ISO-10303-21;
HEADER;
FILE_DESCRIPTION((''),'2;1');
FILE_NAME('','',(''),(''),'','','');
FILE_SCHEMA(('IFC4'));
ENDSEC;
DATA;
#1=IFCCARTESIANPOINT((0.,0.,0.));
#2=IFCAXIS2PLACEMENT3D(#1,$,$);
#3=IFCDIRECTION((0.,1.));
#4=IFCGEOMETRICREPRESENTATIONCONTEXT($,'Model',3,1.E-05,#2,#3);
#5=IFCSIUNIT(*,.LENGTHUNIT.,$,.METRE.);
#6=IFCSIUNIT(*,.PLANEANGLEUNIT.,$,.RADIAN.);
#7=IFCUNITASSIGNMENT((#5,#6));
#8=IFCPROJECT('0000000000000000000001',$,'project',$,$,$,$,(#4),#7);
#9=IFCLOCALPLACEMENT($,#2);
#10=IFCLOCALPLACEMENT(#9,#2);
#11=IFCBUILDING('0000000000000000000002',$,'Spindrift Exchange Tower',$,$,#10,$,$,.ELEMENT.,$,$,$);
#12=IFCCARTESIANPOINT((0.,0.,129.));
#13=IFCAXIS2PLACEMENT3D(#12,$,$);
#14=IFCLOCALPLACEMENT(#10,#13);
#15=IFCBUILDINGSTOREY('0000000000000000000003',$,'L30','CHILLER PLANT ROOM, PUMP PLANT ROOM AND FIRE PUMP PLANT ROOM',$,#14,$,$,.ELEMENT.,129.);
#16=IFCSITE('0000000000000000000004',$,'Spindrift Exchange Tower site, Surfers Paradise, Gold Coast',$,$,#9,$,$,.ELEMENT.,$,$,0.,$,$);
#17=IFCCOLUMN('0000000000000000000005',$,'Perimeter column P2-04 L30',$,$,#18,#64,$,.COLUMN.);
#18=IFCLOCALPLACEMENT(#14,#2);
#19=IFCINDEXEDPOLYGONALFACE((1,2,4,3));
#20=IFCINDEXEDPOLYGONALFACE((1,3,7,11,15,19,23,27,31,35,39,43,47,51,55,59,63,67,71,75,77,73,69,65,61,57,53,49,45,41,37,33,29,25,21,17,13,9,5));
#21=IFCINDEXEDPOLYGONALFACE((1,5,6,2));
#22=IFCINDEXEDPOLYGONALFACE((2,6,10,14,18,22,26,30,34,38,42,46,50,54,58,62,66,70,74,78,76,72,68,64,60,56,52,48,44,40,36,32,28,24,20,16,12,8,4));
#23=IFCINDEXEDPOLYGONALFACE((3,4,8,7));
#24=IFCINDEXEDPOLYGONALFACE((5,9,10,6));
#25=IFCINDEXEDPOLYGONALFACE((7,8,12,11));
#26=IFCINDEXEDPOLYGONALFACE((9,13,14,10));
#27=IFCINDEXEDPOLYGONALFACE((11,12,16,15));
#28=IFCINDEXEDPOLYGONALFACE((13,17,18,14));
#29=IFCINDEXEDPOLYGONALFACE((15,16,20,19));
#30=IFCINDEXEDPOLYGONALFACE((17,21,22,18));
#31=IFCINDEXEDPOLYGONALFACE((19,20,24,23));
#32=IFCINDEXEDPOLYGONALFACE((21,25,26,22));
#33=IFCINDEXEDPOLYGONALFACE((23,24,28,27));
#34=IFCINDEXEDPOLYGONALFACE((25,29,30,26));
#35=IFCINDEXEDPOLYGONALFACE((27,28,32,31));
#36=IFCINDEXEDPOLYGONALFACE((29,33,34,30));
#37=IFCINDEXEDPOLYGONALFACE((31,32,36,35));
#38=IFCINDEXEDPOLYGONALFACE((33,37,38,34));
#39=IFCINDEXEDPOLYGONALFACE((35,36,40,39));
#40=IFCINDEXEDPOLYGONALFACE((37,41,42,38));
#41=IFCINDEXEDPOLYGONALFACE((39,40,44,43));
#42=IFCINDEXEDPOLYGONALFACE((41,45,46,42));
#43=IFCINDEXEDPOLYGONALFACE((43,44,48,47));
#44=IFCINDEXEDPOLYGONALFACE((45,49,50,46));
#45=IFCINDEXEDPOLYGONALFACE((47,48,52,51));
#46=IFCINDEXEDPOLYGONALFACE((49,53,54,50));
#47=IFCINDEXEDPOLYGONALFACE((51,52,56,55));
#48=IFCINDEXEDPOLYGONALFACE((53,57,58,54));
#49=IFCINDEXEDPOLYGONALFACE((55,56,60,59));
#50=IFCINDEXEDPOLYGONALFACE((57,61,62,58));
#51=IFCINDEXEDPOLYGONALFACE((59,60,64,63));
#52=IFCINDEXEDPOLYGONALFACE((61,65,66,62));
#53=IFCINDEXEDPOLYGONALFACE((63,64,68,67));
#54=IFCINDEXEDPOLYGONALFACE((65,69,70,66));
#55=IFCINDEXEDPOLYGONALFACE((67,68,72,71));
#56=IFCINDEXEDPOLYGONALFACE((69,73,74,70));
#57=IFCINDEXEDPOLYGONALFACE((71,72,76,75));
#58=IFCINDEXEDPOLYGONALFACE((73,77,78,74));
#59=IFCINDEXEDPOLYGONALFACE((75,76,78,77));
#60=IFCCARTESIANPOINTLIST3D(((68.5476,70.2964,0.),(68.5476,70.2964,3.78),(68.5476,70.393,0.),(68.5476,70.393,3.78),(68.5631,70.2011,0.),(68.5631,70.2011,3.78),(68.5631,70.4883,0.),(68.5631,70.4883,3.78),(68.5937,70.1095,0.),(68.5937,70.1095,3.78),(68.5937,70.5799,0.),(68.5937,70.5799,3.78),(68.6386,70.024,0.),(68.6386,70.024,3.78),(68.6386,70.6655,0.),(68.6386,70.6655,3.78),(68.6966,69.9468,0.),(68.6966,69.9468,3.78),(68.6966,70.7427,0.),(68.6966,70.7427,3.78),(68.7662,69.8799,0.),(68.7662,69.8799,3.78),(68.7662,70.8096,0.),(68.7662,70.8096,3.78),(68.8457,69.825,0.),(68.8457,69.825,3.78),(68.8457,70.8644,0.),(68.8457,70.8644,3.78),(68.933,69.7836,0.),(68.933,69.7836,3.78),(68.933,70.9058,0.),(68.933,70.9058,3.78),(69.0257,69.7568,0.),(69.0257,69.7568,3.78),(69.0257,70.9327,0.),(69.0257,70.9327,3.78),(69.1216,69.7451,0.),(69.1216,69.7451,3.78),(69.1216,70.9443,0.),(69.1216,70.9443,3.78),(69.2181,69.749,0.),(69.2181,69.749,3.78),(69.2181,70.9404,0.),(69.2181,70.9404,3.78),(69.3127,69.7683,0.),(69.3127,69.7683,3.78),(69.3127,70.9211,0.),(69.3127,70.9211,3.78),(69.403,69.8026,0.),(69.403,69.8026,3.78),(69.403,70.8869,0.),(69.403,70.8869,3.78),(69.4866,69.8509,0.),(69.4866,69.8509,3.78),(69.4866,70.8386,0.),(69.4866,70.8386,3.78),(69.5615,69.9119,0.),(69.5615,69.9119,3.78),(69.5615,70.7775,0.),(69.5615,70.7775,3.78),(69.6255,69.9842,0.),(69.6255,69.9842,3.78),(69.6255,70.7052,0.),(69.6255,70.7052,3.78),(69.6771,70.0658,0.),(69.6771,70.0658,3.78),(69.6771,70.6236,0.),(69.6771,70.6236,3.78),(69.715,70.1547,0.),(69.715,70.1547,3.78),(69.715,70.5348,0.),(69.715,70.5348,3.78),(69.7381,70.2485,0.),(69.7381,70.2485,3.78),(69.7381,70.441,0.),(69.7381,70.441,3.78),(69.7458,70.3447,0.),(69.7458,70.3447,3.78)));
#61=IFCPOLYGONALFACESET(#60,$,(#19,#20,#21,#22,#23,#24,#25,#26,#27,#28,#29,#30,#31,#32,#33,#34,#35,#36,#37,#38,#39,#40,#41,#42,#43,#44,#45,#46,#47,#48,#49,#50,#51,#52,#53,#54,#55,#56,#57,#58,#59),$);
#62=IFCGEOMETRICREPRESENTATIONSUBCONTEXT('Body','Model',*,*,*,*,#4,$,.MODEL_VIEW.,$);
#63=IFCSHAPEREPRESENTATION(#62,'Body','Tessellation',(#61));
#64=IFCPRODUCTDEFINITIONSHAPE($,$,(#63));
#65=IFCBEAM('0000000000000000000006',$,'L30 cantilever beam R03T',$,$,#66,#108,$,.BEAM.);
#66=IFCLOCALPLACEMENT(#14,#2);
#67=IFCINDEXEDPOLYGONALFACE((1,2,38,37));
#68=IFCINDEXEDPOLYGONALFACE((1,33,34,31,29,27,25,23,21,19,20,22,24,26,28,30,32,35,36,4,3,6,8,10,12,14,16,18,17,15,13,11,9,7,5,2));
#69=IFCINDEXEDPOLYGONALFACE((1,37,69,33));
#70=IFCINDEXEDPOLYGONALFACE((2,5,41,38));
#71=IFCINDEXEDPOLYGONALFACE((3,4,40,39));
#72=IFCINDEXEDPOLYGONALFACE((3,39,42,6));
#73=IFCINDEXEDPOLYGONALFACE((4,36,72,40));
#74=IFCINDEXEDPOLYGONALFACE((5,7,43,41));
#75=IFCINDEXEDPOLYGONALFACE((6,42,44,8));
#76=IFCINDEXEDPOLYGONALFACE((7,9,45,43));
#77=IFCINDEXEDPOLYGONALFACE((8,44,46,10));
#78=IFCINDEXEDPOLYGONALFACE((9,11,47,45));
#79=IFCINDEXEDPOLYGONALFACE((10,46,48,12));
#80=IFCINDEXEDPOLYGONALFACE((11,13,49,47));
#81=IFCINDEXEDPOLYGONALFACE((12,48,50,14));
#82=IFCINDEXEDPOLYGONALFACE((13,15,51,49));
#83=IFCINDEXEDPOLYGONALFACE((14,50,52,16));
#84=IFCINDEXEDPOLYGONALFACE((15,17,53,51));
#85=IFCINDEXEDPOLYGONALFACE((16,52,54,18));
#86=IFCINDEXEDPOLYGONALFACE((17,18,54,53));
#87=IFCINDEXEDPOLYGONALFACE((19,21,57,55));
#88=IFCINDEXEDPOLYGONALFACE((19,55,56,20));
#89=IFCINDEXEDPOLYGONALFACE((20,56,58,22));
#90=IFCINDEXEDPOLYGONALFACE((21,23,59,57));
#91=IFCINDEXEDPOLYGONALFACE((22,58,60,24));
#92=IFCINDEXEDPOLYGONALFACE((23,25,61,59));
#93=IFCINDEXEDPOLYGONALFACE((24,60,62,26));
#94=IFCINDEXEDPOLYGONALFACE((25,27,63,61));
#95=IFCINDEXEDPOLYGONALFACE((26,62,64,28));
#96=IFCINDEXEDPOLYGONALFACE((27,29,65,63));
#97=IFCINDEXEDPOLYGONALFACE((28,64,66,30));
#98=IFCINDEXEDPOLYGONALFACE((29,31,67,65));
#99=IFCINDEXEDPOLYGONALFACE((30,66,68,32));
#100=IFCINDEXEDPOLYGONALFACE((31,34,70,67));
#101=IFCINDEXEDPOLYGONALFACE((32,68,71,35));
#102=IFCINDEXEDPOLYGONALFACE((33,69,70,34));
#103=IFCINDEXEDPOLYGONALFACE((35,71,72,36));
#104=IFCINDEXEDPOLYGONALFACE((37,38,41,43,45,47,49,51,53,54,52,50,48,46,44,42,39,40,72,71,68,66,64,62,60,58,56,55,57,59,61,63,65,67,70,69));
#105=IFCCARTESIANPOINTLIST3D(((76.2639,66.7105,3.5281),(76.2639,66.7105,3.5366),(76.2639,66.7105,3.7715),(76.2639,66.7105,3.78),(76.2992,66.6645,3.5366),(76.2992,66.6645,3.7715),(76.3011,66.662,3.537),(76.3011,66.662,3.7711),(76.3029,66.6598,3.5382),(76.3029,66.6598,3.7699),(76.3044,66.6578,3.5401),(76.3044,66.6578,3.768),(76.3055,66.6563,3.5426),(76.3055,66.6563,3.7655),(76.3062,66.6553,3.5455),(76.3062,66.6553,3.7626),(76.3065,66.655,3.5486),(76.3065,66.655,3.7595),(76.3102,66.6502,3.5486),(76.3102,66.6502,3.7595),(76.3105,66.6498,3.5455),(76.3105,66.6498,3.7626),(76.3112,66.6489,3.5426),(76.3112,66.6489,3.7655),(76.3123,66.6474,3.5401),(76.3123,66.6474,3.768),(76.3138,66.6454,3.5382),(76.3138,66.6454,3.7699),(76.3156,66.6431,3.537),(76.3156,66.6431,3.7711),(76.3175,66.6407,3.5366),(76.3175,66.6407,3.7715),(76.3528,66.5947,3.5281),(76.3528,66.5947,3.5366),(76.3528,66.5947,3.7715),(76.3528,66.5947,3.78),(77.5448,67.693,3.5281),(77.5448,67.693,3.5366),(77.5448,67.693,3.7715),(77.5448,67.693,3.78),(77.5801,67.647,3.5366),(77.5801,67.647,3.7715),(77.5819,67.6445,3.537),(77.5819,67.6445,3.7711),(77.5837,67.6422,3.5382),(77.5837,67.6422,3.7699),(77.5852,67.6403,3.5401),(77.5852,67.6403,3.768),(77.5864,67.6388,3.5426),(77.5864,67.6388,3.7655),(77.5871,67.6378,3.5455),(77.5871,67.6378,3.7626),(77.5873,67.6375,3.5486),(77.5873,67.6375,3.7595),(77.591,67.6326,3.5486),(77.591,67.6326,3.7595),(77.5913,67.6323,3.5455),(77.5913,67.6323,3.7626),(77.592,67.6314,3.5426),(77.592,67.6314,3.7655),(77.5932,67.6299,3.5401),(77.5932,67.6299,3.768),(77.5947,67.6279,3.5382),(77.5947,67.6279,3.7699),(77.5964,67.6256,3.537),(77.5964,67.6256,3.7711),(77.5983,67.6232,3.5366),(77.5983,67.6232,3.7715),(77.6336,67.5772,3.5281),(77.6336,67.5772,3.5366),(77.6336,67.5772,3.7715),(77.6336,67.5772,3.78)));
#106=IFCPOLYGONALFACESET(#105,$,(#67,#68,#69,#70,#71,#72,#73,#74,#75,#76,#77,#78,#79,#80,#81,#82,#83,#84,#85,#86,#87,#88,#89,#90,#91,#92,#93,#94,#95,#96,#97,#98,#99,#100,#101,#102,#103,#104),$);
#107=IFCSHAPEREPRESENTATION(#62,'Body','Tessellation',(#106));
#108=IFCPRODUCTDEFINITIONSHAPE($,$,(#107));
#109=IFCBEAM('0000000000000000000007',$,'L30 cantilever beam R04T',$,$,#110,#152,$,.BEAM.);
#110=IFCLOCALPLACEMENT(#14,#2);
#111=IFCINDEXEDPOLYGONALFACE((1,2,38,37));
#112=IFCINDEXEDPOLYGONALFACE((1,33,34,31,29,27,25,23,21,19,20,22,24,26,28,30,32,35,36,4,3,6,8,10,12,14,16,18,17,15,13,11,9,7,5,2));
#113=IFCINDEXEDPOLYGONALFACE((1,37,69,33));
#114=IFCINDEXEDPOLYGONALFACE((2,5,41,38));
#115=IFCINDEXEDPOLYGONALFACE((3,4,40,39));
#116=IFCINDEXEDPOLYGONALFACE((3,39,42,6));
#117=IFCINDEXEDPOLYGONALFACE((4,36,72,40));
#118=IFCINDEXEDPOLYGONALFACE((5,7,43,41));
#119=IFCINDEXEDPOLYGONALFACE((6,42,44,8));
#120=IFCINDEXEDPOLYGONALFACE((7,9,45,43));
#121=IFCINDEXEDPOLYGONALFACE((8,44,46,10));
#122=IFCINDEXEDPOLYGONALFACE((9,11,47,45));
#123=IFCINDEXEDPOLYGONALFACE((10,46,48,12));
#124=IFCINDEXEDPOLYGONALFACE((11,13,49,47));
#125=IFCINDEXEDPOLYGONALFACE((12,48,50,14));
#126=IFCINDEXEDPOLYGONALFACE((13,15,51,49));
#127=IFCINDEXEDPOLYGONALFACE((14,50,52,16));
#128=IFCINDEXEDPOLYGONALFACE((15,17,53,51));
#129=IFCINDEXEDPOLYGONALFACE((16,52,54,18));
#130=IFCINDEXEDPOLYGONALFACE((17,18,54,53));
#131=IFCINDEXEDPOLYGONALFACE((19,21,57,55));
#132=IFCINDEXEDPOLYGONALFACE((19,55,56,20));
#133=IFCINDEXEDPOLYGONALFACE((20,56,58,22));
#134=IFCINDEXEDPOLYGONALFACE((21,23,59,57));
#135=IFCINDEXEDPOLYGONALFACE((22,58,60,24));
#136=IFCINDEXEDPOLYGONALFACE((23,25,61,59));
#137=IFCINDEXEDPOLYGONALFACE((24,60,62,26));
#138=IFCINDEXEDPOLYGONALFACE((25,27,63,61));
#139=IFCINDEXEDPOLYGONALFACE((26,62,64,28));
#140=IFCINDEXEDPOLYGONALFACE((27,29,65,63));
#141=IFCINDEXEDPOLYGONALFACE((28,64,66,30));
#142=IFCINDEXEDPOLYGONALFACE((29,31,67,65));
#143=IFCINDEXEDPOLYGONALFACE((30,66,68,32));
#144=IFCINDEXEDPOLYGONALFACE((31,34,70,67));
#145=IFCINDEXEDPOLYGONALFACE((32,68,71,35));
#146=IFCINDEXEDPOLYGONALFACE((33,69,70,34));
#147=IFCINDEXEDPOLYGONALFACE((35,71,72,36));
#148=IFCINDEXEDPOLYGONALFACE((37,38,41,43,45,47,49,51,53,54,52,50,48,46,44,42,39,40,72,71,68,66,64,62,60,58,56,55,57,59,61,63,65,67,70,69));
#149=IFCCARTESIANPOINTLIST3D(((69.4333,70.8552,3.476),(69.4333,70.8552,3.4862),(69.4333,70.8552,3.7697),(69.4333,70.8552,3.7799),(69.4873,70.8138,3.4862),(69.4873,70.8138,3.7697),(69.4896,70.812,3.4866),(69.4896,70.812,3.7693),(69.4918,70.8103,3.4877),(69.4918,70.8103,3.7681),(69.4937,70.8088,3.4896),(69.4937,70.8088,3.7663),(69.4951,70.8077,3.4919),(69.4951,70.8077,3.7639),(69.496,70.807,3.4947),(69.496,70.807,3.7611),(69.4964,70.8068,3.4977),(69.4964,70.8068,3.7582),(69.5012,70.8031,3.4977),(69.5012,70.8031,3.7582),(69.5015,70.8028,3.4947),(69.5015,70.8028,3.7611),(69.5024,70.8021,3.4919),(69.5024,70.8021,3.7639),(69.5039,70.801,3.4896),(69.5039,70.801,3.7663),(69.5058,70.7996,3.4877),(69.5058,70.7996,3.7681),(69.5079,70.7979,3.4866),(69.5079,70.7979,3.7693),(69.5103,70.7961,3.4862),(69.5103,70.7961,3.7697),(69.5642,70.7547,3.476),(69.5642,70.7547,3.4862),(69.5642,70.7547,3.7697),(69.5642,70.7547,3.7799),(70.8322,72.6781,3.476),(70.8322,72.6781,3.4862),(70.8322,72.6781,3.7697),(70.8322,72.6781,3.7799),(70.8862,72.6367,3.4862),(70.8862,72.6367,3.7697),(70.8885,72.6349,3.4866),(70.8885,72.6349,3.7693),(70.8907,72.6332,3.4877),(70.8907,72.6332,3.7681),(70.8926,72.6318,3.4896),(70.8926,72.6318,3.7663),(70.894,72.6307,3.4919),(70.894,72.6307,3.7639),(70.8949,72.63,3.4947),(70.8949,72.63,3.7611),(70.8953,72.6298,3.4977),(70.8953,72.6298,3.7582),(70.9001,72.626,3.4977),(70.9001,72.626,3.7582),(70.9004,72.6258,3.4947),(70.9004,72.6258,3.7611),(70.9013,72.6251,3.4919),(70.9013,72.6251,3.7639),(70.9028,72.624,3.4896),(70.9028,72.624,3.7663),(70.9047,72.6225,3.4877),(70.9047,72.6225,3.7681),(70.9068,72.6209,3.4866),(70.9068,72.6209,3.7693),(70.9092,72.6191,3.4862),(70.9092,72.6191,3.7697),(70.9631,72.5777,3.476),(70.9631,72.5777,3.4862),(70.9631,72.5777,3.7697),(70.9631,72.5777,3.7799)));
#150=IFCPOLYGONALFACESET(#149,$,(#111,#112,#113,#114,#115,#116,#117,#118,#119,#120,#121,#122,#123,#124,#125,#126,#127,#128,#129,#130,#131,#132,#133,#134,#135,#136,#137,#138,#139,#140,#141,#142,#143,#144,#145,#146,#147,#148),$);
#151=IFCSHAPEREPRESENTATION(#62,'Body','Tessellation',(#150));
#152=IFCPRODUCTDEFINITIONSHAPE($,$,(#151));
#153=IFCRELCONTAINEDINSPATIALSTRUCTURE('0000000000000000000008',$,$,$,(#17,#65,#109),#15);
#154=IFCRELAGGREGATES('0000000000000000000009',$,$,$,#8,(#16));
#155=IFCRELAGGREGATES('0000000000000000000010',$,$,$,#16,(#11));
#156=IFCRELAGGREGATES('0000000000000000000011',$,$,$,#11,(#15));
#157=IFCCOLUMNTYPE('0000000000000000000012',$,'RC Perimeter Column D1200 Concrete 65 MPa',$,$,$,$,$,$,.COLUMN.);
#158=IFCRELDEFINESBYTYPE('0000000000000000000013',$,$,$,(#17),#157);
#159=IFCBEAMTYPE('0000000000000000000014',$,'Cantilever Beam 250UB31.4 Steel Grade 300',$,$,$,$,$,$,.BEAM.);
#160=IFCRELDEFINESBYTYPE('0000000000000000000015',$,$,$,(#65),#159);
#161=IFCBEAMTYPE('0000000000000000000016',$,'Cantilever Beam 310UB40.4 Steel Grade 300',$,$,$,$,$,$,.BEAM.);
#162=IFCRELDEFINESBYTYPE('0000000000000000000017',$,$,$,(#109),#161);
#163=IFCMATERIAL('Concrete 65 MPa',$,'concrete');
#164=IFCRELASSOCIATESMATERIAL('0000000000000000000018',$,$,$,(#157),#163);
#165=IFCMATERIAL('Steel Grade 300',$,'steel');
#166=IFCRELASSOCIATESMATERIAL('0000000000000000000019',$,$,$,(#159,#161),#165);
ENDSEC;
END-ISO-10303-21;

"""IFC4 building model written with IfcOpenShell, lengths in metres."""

from ifc_helpers import new_model, si_unit, direction, frame, origin, origin_2d, place, context, subcontext, project, spatial, circle, i_section, extrude, source, transform, mapped, material, material_profile, profile_set, type_object, element, save


model = new_model("IFC4")

# Units and contexts
model_context = context("Model", 3, precision=1e-05, world=origin(), true_north=direction((0.0, 1.0)))
body_context = subcontext(model_context, "Body", "Model", "MODEL_VIEW")
ifc_project = project(units=[si_unit("LENGTHUNIT", "METRE"), si_unit("PLANEANGLEUNIT", "RADIAN")], contexts=[model_context])

# Site, building, storey
site_placement = place(None, origin())
site = spatial("IfcSite", under=ifc_project, at=site_placement, Name="Spindrift Exchange Tower site, Surfers Paradise, Gold Coast", CompositionType="ELEMENT", RefElevation=0.0)
building_placement = place(site_placement, origin())
building = spatial("IfcBuilding", under=site, at=building_placement, Name="Spindrift Exchange Tower", CompositionType="ELEMENT")
storey_placement = place(building_placement, frame((0.0, 0.0, 129.0)))
storey = spatial("IfcBuildingStorey", under=building, at=storey_placement, Name="L30", Description="CHILLER PLANT ROOM, PUMP PLANT ROOM AND FIRE PUMP PLANT ROOM", CompositionType="ELEMENT", Elevation=129.0)

# Column
ifc_material_1 = material(Name="Concrete 65 MPa", Category="concrete")
ifc_material_profile_1 = material_profile(ifc_material_1, circle(Radius=0.6001, at=origin_2d()), Name="RC D1200")
ifc_profile_set_1 = profile_set([ifc_material_profile_1], Name="Concrete 65 MPa")
column_type = type_object("IfcColumnType", Name="RC Perimeter Column D1200 Concrete 65 MPa", PredefinedType="COLUMN", material=ifc_profile_set_1)
shared_shape_1 = source(origin(), body_context, "Body", "SweptSolid", [
    extrude(circle(Radius=0.6001, at=origin_2d()), origin(), (0.0, 0.0, 1.0), 3.78),
])
column_placement = place(storey_placement, frame((69.1458, 70.3447, 0.0), z_axis=(0.0, 0.0, 1.0), x_axis=(1.0, 0.0, 0.0)))
element("IfcColumn", 1, at=column_placement, inside=storey, type_object=column_type, Name="Perimeter column P2-04 L30", PredefinedType="COLUMN", context=body_context, shape_type="MappedRepresentation", body=[
    mapped(shared_shape_1, transform((0.0, 0.0, 0.0), scale=1.0)),
])

# Beams
ifc_material_2 = material(Name="Steel Grade 300", Category="steel")
ifc_material_profile_2 = material_profile(ifc_material_2, i_section(OverallWidth=0.146, OverallDepth=0.252, WebThickness=0.0061, FlangeThickness=0.0085, FilletRadius=0.012, at=origin_2d()), Name="250UB31.4")
ifc_profile_set_2 = profile_set([ifc_material_profile_2], Name="Steel Grade 300")
beam_type_1 = type_object("IfcBeamType", Name="Cantilever Beam 250UB31.4 Steel Grade 300", PredefinedType="BEAM", material=ifc_profile_set_2)
shared_shape_2 = source(origin(), body_context, "Body", "SweptSolid", [
    extrude(i_section(OverallWidth=0.146, OverallDepth=0.252, WebThickness=0.0061, FlangeThickness=0.0085, FilletRadius=0.012, at=origin_2d()), origin(), (0.0, 0.0, 1.0), 1.6143),
])
beam_1_placement = place(storey_placement, frame((76.3083, 66.6526, 3.6541), z_axis=(0.793455, 0.608628, 0.0), x_axis=(-0.608628, 0.793455, 0.0)))
element("IfcBeam", 2, at=beam_1_placement, inside=storey, type_object=beam_type_1, Name="L30 cantilever beam R03T", PredefinedType="BEAM", context=body_context, shape_type="MappedRepresentation", body=[
    mapped(shared_shape_2, transform((0.0, 0.0, 0.0), scale=1.0)),
])
ifc_material_profile_3 = material_profile(ifc_material_2, i_section(OverallWidth=0.165, OverallDepth=0.304, WebThickness=0.0061, FlangeThickness=0.0103, FilletRadius=0.0115, at=origin_2d()), Name="310UB40.4")
ifc_profile_set_3 = profile_set([ifc_material_profile_3], Name="Steel Grade 300")
beam_type_2 = type_object("IfcBeamType", Name="Cantilever Beam 310UB40.4 Steel Grade 300", PredefinedType="BEAM", material=ifc_profile_set_3)
shared_shape_3 = source(origin(), body_context, "Body", "SweptSolid", [
    extrude(i_section(OverallWidth=0.165, OverallDepth=0.304, WebThickness=0.0061, FlangeThickness=0.0103, FilletRadius=0.0115, at=origin_2d()), origin(), (0.0, 0.0, 1.0), 2.2979),
])
beam_2_placement = place(storey_placement, frame((69.4988, 70.8049, 3.6279), z_axis=(0.608786, 0.793334, 0.0), x_axis=(-0.793334, 0.608786, 0.0)))
element("IfcBeam", 3, at=beam_2_placement, inside=storey, type_object=beam_type_2, Name="L30 cantilever beam R04T", PredefinedType="BEAM", context=body_context, shape_type="MappedRepresentation", body=[
    mapped(shared_shape_3, transform((0.0, 0.0, 0.0), scale=1.0)),
])

save(model, "model.ifc")
